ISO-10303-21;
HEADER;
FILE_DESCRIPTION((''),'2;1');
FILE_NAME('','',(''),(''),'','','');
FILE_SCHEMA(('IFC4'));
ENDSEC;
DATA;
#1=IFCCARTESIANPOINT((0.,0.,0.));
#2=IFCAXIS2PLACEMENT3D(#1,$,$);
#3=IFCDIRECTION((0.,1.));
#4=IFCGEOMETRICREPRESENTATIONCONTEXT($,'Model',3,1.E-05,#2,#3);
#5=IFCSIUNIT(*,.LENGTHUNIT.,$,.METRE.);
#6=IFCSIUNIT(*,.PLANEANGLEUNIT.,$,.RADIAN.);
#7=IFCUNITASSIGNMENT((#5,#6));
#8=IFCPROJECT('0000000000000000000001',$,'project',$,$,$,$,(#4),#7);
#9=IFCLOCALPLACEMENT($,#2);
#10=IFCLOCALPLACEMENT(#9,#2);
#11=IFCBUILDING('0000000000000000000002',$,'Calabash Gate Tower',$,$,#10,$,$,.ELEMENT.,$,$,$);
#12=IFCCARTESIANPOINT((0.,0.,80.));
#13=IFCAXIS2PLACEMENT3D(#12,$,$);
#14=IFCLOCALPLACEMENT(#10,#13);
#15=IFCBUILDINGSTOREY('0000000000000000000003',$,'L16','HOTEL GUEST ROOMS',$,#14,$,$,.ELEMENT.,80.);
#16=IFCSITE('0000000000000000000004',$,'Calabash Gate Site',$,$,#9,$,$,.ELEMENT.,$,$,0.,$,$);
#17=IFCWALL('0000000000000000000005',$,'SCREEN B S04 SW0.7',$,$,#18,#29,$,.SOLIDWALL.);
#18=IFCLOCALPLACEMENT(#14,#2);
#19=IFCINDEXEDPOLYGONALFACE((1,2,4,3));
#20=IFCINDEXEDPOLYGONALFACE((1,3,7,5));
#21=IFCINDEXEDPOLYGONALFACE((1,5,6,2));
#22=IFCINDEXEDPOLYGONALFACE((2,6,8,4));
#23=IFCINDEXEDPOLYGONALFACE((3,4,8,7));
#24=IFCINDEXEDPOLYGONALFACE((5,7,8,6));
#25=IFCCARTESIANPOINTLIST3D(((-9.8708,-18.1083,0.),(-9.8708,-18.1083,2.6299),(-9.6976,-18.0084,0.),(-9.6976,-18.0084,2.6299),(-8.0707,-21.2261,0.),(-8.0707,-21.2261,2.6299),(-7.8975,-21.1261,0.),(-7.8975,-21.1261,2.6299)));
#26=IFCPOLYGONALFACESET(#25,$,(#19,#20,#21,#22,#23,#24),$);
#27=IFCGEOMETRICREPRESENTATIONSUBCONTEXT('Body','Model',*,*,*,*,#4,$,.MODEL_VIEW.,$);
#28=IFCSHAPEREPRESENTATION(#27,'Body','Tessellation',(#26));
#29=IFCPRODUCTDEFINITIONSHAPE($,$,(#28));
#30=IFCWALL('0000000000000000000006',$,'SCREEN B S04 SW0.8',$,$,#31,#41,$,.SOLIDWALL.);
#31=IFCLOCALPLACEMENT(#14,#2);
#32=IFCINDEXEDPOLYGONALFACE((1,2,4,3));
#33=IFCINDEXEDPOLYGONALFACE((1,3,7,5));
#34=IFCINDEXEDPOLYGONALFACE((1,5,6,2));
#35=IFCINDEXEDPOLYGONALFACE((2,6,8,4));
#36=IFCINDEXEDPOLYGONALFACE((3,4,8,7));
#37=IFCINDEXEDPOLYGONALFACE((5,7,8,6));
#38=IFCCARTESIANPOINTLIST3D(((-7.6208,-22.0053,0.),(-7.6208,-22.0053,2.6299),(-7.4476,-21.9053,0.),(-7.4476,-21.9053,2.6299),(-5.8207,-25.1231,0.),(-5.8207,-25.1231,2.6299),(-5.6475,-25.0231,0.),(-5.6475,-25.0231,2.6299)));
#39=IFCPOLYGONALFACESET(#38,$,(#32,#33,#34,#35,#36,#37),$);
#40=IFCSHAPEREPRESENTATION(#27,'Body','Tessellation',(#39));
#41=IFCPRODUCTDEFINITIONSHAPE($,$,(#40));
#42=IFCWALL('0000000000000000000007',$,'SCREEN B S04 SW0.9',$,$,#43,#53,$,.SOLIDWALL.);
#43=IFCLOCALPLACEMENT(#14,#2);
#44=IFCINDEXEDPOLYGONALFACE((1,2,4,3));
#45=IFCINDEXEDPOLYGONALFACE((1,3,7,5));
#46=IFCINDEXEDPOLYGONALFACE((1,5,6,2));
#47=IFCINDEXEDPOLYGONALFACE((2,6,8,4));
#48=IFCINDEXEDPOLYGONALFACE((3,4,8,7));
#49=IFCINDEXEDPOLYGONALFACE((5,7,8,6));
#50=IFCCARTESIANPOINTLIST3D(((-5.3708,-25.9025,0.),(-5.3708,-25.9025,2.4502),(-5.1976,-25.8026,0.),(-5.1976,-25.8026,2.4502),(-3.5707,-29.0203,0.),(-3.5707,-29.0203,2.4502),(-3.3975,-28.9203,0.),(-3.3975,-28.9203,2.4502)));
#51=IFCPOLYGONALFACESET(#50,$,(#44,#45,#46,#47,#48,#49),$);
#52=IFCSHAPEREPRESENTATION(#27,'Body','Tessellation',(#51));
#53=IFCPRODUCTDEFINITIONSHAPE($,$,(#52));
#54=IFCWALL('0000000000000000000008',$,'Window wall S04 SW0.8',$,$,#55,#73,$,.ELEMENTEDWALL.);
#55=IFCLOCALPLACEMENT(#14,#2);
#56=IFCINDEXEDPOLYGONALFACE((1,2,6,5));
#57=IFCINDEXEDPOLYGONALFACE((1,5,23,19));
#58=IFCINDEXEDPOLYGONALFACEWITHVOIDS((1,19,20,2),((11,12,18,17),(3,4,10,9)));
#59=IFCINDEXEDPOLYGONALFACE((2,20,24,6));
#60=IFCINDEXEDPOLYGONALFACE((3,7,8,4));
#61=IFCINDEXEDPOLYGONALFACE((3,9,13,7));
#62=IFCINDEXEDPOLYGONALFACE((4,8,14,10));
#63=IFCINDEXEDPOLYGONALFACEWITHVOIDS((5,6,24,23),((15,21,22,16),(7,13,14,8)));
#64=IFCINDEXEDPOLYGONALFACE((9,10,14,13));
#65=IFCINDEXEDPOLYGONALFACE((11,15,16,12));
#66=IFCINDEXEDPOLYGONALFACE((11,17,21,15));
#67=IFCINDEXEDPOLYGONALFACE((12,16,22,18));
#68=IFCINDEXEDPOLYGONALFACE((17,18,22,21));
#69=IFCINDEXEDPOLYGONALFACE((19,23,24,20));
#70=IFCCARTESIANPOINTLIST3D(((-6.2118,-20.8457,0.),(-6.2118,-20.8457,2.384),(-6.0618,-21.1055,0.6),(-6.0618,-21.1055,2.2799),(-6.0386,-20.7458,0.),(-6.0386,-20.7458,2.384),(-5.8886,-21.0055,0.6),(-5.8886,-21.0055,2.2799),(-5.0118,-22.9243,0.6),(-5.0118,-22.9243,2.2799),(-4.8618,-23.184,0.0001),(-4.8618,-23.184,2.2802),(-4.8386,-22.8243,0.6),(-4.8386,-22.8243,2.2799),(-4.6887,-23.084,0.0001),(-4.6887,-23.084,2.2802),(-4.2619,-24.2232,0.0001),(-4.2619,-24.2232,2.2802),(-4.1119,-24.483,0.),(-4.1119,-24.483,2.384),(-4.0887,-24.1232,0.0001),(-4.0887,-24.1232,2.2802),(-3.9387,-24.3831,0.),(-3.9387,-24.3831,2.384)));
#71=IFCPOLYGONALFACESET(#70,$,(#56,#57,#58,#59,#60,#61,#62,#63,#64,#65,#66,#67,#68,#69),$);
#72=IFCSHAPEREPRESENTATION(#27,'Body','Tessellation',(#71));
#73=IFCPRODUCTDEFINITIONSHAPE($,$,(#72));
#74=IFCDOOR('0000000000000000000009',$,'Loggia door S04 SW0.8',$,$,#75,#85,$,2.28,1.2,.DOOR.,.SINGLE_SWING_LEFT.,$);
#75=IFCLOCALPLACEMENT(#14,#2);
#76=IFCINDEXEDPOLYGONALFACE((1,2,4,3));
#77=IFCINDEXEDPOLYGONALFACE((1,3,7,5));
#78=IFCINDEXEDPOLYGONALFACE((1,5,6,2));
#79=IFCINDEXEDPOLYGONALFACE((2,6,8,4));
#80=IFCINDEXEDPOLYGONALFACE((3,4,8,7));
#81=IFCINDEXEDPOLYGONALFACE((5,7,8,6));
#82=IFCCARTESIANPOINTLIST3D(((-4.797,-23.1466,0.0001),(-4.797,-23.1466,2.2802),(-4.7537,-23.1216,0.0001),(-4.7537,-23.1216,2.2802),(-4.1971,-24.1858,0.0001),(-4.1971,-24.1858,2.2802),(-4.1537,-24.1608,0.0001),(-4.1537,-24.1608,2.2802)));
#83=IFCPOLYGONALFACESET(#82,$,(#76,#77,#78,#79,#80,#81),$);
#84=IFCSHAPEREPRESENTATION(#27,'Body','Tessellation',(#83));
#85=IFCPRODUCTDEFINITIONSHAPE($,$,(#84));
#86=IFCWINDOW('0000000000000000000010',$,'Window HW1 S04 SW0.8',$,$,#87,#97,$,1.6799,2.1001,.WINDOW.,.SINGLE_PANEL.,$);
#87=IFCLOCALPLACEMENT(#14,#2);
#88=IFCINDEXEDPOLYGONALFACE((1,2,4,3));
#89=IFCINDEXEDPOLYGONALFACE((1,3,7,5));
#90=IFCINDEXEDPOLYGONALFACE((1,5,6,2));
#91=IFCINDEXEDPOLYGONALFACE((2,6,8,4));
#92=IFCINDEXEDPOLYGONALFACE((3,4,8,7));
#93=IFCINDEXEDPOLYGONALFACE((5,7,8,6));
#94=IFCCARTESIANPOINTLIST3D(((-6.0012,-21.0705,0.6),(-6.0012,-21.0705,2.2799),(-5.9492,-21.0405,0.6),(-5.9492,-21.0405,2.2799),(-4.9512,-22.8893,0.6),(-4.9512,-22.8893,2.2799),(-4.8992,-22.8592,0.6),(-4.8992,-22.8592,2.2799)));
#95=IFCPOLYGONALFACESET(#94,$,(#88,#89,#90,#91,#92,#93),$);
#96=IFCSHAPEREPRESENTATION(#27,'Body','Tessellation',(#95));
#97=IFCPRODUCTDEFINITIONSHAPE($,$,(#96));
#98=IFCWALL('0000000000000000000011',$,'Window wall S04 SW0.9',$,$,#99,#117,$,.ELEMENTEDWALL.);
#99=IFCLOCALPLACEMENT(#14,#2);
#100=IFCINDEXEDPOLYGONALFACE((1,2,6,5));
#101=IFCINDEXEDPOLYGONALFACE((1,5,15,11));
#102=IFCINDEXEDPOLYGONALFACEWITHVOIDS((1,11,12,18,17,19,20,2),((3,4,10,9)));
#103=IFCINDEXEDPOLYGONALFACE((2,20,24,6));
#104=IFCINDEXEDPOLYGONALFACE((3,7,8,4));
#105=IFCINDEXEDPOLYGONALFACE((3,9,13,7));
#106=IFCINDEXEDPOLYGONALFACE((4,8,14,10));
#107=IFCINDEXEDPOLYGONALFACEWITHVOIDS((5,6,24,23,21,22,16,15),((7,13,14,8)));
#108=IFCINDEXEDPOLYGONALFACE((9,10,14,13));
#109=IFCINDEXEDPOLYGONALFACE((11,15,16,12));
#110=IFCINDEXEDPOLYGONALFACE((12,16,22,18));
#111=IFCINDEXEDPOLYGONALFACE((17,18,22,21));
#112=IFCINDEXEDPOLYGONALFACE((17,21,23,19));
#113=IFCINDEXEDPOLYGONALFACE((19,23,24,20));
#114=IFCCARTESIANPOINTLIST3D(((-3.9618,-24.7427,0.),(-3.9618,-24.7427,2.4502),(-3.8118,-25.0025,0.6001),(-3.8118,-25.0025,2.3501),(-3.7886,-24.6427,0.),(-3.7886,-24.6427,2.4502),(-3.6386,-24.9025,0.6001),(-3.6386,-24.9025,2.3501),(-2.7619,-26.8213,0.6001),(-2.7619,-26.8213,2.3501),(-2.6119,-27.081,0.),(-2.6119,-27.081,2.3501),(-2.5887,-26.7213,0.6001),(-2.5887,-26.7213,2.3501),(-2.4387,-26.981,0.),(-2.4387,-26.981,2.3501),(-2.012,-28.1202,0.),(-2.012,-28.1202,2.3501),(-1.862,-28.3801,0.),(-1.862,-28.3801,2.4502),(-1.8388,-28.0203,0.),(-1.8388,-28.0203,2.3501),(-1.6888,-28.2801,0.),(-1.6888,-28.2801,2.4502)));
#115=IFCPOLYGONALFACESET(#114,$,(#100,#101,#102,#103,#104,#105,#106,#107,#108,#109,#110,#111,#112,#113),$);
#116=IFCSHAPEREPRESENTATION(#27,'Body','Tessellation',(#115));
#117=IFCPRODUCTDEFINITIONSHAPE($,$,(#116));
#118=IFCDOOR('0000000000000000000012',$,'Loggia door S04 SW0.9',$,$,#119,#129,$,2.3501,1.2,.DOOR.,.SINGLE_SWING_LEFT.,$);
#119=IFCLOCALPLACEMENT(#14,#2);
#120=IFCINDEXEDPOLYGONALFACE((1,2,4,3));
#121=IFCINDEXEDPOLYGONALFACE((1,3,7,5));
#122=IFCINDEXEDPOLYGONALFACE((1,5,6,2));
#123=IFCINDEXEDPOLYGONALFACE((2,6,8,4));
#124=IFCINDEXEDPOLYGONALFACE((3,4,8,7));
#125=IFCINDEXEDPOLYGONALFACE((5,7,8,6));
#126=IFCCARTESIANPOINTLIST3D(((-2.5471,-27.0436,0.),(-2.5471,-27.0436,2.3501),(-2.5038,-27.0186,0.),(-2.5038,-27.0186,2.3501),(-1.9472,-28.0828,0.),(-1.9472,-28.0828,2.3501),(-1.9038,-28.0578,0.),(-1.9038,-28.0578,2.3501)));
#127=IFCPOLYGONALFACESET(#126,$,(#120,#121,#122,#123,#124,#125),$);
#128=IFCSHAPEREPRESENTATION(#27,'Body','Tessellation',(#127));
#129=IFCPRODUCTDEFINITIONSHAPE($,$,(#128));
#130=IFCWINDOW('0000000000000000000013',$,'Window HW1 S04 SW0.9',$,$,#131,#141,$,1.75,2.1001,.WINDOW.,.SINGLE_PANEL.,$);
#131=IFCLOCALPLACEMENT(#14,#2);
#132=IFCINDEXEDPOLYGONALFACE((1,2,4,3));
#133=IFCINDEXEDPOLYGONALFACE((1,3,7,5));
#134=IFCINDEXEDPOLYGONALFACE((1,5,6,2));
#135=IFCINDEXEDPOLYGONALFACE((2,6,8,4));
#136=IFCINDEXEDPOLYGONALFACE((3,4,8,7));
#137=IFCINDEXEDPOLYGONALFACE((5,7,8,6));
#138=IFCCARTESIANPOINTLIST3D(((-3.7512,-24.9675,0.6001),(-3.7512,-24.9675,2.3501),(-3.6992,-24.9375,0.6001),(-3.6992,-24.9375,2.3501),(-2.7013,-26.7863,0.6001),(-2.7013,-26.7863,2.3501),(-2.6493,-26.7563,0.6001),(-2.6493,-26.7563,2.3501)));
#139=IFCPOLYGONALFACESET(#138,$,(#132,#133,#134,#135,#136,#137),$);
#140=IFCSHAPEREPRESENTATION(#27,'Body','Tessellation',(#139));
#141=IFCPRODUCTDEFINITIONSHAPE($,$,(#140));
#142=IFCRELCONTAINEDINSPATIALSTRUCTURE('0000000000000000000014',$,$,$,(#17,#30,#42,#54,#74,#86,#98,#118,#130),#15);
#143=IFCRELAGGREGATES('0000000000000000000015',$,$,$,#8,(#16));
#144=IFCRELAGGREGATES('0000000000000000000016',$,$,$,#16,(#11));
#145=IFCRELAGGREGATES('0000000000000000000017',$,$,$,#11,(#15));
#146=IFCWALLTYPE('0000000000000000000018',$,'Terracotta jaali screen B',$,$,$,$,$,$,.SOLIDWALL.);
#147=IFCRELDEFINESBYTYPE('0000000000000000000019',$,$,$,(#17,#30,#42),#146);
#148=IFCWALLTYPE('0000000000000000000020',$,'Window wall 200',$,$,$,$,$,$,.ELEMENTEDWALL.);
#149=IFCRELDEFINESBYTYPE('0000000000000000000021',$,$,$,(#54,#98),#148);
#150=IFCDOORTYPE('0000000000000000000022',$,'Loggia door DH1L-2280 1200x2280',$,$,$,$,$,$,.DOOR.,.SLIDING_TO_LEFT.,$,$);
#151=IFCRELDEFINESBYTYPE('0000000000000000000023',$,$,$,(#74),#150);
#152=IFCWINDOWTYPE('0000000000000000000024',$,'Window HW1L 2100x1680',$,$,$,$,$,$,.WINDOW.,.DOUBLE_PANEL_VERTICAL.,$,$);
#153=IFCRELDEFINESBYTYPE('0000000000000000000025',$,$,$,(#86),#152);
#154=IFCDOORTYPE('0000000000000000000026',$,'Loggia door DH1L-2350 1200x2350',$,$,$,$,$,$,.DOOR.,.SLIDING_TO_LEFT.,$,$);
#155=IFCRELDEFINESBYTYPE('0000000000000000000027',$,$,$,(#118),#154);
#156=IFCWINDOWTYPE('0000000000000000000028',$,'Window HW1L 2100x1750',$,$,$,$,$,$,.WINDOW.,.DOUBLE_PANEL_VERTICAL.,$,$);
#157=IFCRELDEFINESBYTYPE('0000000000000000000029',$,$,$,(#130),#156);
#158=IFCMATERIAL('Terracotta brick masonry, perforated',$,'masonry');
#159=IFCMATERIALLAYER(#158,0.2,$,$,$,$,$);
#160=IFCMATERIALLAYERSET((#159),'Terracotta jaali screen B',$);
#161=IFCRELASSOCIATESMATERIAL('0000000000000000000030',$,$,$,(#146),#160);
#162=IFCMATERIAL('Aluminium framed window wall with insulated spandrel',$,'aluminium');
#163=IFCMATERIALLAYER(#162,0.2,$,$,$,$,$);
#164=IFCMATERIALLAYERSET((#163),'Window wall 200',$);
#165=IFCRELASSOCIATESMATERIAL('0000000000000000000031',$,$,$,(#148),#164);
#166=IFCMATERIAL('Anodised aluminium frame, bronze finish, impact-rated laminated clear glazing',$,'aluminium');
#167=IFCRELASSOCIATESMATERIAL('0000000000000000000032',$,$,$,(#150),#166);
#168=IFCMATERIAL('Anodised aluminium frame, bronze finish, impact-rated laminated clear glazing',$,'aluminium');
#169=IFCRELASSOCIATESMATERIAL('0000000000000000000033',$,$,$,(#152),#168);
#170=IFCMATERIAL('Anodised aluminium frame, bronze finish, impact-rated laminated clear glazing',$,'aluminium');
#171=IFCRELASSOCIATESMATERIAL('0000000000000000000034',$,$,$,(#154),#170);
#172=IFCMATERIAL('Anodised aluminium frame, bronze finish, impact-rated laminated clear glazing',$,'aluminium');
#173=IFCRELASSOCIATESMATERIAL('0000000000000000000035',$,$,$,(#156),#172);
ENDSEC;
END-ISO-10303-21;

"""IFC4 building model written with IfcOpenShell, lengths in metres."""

from ifc_helpers import new_model, si_unit, direction, frame, frame_2d, origin, place, context, subcontext, project, spatial, rectangle, extrude, material, layer, layer_set, type_object, element, fill, save


model = new_model("IFC4")

# Units and contexts
model_context = context("Model", 3, precision=1e-05, world=origin(), true_north=direction((0.0, 1.0)))
body_context = subcontext(model_context, "Body", "Model", "MODEL_VIEW")
ifc_project = project(units=[si_unit("LENGTHUNIT", "METRE"), si_unit("PLANEANGLEUNIT", "RADIAN")], contexts=[model_context])

# Site, building, storey
site_placement = place(None, origin())
site = spatial("IfcSite", under=ifc_project, at=site_placement, Name="Calabash Gate Site", CompositionType="ELEMENT", RefElevation=0.0)
building_placement = place(site_placement, origin())
building = spatial("IfcBuilding", under=site, at=building_placement, Name="Calabash Gate Tower", CompositionType="ELEMENT")
storey_placement = place(building_placement, frame((0.0, 0.0, 80.0)))
storey = spatial("IfcBuildingStorey", under=building, at=storey_placement, Name="L16", Description="HOTEL GUEST ROOMS", CompositionType="ELEMENT", Elevation=80.0)

# Walls
ifc_material_1 = material(Name="Terracotta brick masonry, perforated", Category="masonry")
ifc_layer_1 = layer(ifc_material_1, 0.2)
ifc_layer_set_1 = layer_set([ifc_layer_1], Name="Terracotta jaali screen B")
wall_type_1 = type_object("IfcWallType", Name="Terracotta jaali screen B", PredefinedType="SOLIDWALL", material=ifc_layer_set_1)
for number, where, z_axis, x_axis, name in (
    (1, (-9.7842, -18.0583, 0.0), (0.0, 0.0, 1.0), (0.500012, -0.866018, 0.0), "SCREEN B S04 SW0.7"),
    (2, (-7.5342, -21.9553, 0.0), (0.0, 0.0, 1.0), (0.500012, -0.866018, 0.0), "SCREEN B S04 SW0.8"),
):
    element("IfcWall", number, at=place(storey_placement, frame(where, z_axis=z_axis, x_axis=x_axis)), inside=storey, type_object=wall_type_1, Name=name, PredefinedType="SOLIDWALL", context=body_context, shape_type="SweptSolid", body=[
        extrude(rectangle(XDim=3.6001, YDim=0.2, at=frame_2d((1.8, 0.0))), origin(), (0.0, 0.0, 1.0), 2.6299),
    ])
wall_1_placement = place(storey_placement, frame((-5.2842, -25.8525, 0.0), z_axis=(0.0, 0.0, 1.0), x_axis=(0.500012, -0.866018, 0.0)))
element("IfcWall", 3, at=wall_1_placement, inside=storey, type_object=wall_type_1, Name="SCREEN B S04 SW0.9", PredefinedType="SOLIDWALL", context=body_context, shape_type="SweptSolid", body=[
    extrude(rectangle(XDim=3.6001, YDim=0.2, at=frame_2d((1.8, 0.0))), origin(), (0.0, 0.0, 1.0), 2.4502),
])

# Walls, openings, doors, windows
ifc_material_2 = material(Name="Aluminium framed window wall with insulated spandrel", Category="aluminium")
ifc_layer_2 = layer(ifc_material_2, 0.2)
ifc_layer_set_2 = layer_set([ifc_layer_2], Name="Window wall 200")
wall_type_2 = type_object("IfcWallType", Name="Window wall 200", PredefinedType="ELEMENTEDWALL", material=ifc_layer_set_2)
wall_2_placement = place(storey_placement, frame((-6.1252, -20.7957, 0.0), z_axis=(0.0, 0.0, 1.0), x_axis=(0.499984, -0.866035, 0.0)))
wall_2 = element("IfcWall", 4, at=wall_2_placement, inside=storey, type_object=wall_type_2, Name="Window wall S04 SW0.8", PredefinedType="ELEMENTEDWALL", context=body_context, shape_type="SweptSolid", body=[
    extrude(rectangle(XDim=4.2, YDim=0.2, at=frame_2d((2.1001, 0.0))), origin(), (0.0, 0.0, 1.0), 2.384),
])
opening_1_placement = place(wall_2_placement, frame((0.3, 0.0, 0.6001)))
opening_1 = element("IfcOpeningElement", 5, at=opening_1_placement, cuts=wall_2, PredefinedType="OPENING", context=body_context, shape_type="SweptSolid", body=[
    extrude(rectangle(XDim=2.1001, YDim=1.6799, at=frame_2d((1.05, 0.8398))), frame((0.0, 0.1099, 0.0), z_axis=(0.0, -1.0, 0.0), x_axis=(1.0, 0.0, 0.0)), (0.0, 0.0, 1.0), 0.22),
])
opening_2_placement = place(wall_2_placement, frame((2.7, 0.0, 0.0)))
opening_2 = element("IfcOpeningElement", 6, at=opening_2_placement, cuts=wall_2, PredefinedType="OPENING", context=body_context, shape_type="SweptSolid", body=[
    extrude(rectangle(XDim=1.2, YDim=2.28, at=frame_2d((0.6001, 1.1401))), frame((0.0, 0.1099, 0.0), z_axis=(0.0, -1.0, 0.0), x_axis=(1.0, 0.0, 0.0)), (0.0, 0.0, 1.0), 0.22),
])
ifc_material_3 = material(Name="Anodised aluminium frame, bronze finish, impact-rated laminated clear glazing", Category="aluminium")
door_type_1 = type_object("IfcDoorType", Name="Loggia door DH1L-2280 1200x2280", OperationType="SLIDING_TO_LEFT", PredefinedType="DOOR", material=ifc_material_3)
door_1_placement = place(opening_2_placement, origin())
door_1 = element("IfcDoor", 7, at=door_1_placement, inside=storey, type_object=door_type_1, Name="Loggia door S04 SW0.8", OperationType="SINGLE_SWING_LEFT", OverallHeight=2.28, OverallWidth=1.2, PredefinedType="DOOR", context=body_context, shape_type="SweptSolid", body=[
    extrude(rectangle(XDim=1.2, YDim=2.28, at=frame_2d((0.6001, 1.1401))), frame((0.0, 0.0249, 0.0), z_axis=(0.0, -1.0, 0.0), x_axis=(1.0, 0.0, 0.0)), (0.0, 0.0, 1.0), 0.05),
])
fill(opening_2, door_1)
ifc_material_4 = material(Name="Anodised aluminium frame, bronze finish, impact-rated laminated clear glazing", Category="aluminium")
window_type_1 = type_object("IfcWindowType", Name="Window HW1L 2100x1680", PartitioningType="DOUBLE_PANEL_VERTICAL", PredefinedType="WINDOW", material=ifc_material_4)
window_1_placement = place(opening_1_placement, origin())
window_1 = element("IfcWindow", 8, at=window_1_placement, inside=storey, type_object=window_type_1, Name="Window HW1 S04 SW0.8", OverallHeight=1.6799, OverallWidth=2.1001, PartitioningType="SINGLE_PANEL", PredefinedType="WINDOW", context=body_context, shape_type="SweptSolid", body=[
    extrude(rectangle(XDim=2.1001, YDim=1.6799, at=frame_2d((1.05, 0.8398))), frame((0.0, 0.03, 0.0), z_axis=(0.0, -1.0, 0.0), x_axis=(1.0, 0.0, 0.0)), (0.0, 0.0, 1.0), 0.0601),
])
fill(opening_1, window_1)
wall_3_placement = place(storey_placement, frame((-3.8752, -24.6926, 0.0), z_axis=(0.0, 0.0, 1.0), x_axis=(0.499959, -0.866049, 0.0)))
wall_3 = element("IfcWall", 9, at=wall_3_placement, inside=storey, type_object=wall_type_2, Name="Window wall S04 SW0.9", PredefinedType="ELEMENTEDWALL", context=body_context, shape_type="SweptSolid", body=[
    extrude(rectangle(XDim=4.2, YDim=0.2, at=frame_2d((2.1001, 0.0))), origin(), (0.0, 0.0, 1.0), 2.4502),
])
opening_3_placement = place(wall_3_placement, frame((0.3, 0.0, 0.6001)))
opening_3 = element("IfcOpeningElement", 10, at=opening_3_placement, cuts=wall_3, PredefinedType="OPENING", context=body_context, shape_type="SweptSolid", body=[
    extrude(rectangle(XDim=2.1001, YDim=1.75, at=frame_2d((1.05, 0.875))), frame((0.0, 0.1099, 0.0), z_axis=(0.0, -1.0, 0.0), x_axis=(1.0, 0.0, 0.0)), (0.0, 0.0, 1.0), 0.22),
])
opening_4_placement = place(wall_3_placement, frame((2.7, 0.0, 0.0)))
opening_4 = element("IfcOpeningElement", 11, at=opening_4_placement, cuts=wall_3, PredefinedType="OPENING", context=body_context, shape_type="SweptSolid", body=[
    extrude(rectangle(XDim=1.2, YDim=2.3501, at=frame_2d((0.6001, 1.175))), frame((0.0, 0.1099, 0.0), z_axis=(0.0, -1.0, 0.0), x_axis=(1.0, 0.0, 0.0)), (0.0, 0.0, 1.0), 0.22),
])
ifc_material_5 = material(Name="Anodised aluminium frame, bronze finish, impact-rated laminated clear glazing", Category="aluminium")
door_type_2 = type_object("IfcDoorType", Name="Loggia door DH1L-2350 1200x2350", OperationType="SLIDING_TO_LEFT", PredefinedType="DOOR", material=ifc_material_5)
door_2_placement = place(opening_4_placement, origin())
door_2 = element("IfcDoor", 12, at=door_2_placement, inside=storey, type_object=door_type_2, Name="Loggia door S04 SW0.9", OperationType="SINGLE_SWING_LEFT", OverallHeight=2.3501, OverallWidth=1.2, PredefinedType="DOOR", context=body_context, shape_type="SweptSolid", body=[
    extrude(rectangle(XDim=1.2, YDim=2.3501, at=frame_2d((0.6001, 1.175))), frame((0.0, 0.0249, 0.0), z_axis=(0.0, -1.0, 0.0), x_axis=(1.0, 0.0, 0.0)), (0.0, 0.0, 1.0), 0.05),
])
fill(opening_4, door_2)
ifc_material_6 = material(Name="Anodised aluminium frame, bronze finish, impact-rated laminated clear glazing", Category="aluminium")
window_type_2 = type_object("IfcWindowType", Name="Window HW1L 2100x1750", PartitioningType="DOUBLE_PANEL_VERTICAL", PredefinedType="WINDOW", material=ifc_material_6)
window_2_placement = place(opening_3_placement, origin())
window_2 = element("IfcWindow", 13, at=window_2_placement, inside=storey, type_object=window_type_2, Name="Window HW1 S04 SW0.9", OverallHeight=1.75, OverallWidth=2.1001, PartitioningType="SINGLE_PANEL", PredefinedType="WINDOW", context=body_context, shape_type="SweptSolid", body=[
    extrude(rectangle(XDim=2.1001, YDim=1.75, at=frame_2d((1.05, 0.875))), frame((0.0, 0.03, 0.0), z_axis=(0.0, -1.0, 0.0), x_axis=(1.0, 0.0, 0.0)), (0.0, 0.0, 1.0), 0.0601),
])
fill(opening_3, window_2)

save(model, "model.ifc")
